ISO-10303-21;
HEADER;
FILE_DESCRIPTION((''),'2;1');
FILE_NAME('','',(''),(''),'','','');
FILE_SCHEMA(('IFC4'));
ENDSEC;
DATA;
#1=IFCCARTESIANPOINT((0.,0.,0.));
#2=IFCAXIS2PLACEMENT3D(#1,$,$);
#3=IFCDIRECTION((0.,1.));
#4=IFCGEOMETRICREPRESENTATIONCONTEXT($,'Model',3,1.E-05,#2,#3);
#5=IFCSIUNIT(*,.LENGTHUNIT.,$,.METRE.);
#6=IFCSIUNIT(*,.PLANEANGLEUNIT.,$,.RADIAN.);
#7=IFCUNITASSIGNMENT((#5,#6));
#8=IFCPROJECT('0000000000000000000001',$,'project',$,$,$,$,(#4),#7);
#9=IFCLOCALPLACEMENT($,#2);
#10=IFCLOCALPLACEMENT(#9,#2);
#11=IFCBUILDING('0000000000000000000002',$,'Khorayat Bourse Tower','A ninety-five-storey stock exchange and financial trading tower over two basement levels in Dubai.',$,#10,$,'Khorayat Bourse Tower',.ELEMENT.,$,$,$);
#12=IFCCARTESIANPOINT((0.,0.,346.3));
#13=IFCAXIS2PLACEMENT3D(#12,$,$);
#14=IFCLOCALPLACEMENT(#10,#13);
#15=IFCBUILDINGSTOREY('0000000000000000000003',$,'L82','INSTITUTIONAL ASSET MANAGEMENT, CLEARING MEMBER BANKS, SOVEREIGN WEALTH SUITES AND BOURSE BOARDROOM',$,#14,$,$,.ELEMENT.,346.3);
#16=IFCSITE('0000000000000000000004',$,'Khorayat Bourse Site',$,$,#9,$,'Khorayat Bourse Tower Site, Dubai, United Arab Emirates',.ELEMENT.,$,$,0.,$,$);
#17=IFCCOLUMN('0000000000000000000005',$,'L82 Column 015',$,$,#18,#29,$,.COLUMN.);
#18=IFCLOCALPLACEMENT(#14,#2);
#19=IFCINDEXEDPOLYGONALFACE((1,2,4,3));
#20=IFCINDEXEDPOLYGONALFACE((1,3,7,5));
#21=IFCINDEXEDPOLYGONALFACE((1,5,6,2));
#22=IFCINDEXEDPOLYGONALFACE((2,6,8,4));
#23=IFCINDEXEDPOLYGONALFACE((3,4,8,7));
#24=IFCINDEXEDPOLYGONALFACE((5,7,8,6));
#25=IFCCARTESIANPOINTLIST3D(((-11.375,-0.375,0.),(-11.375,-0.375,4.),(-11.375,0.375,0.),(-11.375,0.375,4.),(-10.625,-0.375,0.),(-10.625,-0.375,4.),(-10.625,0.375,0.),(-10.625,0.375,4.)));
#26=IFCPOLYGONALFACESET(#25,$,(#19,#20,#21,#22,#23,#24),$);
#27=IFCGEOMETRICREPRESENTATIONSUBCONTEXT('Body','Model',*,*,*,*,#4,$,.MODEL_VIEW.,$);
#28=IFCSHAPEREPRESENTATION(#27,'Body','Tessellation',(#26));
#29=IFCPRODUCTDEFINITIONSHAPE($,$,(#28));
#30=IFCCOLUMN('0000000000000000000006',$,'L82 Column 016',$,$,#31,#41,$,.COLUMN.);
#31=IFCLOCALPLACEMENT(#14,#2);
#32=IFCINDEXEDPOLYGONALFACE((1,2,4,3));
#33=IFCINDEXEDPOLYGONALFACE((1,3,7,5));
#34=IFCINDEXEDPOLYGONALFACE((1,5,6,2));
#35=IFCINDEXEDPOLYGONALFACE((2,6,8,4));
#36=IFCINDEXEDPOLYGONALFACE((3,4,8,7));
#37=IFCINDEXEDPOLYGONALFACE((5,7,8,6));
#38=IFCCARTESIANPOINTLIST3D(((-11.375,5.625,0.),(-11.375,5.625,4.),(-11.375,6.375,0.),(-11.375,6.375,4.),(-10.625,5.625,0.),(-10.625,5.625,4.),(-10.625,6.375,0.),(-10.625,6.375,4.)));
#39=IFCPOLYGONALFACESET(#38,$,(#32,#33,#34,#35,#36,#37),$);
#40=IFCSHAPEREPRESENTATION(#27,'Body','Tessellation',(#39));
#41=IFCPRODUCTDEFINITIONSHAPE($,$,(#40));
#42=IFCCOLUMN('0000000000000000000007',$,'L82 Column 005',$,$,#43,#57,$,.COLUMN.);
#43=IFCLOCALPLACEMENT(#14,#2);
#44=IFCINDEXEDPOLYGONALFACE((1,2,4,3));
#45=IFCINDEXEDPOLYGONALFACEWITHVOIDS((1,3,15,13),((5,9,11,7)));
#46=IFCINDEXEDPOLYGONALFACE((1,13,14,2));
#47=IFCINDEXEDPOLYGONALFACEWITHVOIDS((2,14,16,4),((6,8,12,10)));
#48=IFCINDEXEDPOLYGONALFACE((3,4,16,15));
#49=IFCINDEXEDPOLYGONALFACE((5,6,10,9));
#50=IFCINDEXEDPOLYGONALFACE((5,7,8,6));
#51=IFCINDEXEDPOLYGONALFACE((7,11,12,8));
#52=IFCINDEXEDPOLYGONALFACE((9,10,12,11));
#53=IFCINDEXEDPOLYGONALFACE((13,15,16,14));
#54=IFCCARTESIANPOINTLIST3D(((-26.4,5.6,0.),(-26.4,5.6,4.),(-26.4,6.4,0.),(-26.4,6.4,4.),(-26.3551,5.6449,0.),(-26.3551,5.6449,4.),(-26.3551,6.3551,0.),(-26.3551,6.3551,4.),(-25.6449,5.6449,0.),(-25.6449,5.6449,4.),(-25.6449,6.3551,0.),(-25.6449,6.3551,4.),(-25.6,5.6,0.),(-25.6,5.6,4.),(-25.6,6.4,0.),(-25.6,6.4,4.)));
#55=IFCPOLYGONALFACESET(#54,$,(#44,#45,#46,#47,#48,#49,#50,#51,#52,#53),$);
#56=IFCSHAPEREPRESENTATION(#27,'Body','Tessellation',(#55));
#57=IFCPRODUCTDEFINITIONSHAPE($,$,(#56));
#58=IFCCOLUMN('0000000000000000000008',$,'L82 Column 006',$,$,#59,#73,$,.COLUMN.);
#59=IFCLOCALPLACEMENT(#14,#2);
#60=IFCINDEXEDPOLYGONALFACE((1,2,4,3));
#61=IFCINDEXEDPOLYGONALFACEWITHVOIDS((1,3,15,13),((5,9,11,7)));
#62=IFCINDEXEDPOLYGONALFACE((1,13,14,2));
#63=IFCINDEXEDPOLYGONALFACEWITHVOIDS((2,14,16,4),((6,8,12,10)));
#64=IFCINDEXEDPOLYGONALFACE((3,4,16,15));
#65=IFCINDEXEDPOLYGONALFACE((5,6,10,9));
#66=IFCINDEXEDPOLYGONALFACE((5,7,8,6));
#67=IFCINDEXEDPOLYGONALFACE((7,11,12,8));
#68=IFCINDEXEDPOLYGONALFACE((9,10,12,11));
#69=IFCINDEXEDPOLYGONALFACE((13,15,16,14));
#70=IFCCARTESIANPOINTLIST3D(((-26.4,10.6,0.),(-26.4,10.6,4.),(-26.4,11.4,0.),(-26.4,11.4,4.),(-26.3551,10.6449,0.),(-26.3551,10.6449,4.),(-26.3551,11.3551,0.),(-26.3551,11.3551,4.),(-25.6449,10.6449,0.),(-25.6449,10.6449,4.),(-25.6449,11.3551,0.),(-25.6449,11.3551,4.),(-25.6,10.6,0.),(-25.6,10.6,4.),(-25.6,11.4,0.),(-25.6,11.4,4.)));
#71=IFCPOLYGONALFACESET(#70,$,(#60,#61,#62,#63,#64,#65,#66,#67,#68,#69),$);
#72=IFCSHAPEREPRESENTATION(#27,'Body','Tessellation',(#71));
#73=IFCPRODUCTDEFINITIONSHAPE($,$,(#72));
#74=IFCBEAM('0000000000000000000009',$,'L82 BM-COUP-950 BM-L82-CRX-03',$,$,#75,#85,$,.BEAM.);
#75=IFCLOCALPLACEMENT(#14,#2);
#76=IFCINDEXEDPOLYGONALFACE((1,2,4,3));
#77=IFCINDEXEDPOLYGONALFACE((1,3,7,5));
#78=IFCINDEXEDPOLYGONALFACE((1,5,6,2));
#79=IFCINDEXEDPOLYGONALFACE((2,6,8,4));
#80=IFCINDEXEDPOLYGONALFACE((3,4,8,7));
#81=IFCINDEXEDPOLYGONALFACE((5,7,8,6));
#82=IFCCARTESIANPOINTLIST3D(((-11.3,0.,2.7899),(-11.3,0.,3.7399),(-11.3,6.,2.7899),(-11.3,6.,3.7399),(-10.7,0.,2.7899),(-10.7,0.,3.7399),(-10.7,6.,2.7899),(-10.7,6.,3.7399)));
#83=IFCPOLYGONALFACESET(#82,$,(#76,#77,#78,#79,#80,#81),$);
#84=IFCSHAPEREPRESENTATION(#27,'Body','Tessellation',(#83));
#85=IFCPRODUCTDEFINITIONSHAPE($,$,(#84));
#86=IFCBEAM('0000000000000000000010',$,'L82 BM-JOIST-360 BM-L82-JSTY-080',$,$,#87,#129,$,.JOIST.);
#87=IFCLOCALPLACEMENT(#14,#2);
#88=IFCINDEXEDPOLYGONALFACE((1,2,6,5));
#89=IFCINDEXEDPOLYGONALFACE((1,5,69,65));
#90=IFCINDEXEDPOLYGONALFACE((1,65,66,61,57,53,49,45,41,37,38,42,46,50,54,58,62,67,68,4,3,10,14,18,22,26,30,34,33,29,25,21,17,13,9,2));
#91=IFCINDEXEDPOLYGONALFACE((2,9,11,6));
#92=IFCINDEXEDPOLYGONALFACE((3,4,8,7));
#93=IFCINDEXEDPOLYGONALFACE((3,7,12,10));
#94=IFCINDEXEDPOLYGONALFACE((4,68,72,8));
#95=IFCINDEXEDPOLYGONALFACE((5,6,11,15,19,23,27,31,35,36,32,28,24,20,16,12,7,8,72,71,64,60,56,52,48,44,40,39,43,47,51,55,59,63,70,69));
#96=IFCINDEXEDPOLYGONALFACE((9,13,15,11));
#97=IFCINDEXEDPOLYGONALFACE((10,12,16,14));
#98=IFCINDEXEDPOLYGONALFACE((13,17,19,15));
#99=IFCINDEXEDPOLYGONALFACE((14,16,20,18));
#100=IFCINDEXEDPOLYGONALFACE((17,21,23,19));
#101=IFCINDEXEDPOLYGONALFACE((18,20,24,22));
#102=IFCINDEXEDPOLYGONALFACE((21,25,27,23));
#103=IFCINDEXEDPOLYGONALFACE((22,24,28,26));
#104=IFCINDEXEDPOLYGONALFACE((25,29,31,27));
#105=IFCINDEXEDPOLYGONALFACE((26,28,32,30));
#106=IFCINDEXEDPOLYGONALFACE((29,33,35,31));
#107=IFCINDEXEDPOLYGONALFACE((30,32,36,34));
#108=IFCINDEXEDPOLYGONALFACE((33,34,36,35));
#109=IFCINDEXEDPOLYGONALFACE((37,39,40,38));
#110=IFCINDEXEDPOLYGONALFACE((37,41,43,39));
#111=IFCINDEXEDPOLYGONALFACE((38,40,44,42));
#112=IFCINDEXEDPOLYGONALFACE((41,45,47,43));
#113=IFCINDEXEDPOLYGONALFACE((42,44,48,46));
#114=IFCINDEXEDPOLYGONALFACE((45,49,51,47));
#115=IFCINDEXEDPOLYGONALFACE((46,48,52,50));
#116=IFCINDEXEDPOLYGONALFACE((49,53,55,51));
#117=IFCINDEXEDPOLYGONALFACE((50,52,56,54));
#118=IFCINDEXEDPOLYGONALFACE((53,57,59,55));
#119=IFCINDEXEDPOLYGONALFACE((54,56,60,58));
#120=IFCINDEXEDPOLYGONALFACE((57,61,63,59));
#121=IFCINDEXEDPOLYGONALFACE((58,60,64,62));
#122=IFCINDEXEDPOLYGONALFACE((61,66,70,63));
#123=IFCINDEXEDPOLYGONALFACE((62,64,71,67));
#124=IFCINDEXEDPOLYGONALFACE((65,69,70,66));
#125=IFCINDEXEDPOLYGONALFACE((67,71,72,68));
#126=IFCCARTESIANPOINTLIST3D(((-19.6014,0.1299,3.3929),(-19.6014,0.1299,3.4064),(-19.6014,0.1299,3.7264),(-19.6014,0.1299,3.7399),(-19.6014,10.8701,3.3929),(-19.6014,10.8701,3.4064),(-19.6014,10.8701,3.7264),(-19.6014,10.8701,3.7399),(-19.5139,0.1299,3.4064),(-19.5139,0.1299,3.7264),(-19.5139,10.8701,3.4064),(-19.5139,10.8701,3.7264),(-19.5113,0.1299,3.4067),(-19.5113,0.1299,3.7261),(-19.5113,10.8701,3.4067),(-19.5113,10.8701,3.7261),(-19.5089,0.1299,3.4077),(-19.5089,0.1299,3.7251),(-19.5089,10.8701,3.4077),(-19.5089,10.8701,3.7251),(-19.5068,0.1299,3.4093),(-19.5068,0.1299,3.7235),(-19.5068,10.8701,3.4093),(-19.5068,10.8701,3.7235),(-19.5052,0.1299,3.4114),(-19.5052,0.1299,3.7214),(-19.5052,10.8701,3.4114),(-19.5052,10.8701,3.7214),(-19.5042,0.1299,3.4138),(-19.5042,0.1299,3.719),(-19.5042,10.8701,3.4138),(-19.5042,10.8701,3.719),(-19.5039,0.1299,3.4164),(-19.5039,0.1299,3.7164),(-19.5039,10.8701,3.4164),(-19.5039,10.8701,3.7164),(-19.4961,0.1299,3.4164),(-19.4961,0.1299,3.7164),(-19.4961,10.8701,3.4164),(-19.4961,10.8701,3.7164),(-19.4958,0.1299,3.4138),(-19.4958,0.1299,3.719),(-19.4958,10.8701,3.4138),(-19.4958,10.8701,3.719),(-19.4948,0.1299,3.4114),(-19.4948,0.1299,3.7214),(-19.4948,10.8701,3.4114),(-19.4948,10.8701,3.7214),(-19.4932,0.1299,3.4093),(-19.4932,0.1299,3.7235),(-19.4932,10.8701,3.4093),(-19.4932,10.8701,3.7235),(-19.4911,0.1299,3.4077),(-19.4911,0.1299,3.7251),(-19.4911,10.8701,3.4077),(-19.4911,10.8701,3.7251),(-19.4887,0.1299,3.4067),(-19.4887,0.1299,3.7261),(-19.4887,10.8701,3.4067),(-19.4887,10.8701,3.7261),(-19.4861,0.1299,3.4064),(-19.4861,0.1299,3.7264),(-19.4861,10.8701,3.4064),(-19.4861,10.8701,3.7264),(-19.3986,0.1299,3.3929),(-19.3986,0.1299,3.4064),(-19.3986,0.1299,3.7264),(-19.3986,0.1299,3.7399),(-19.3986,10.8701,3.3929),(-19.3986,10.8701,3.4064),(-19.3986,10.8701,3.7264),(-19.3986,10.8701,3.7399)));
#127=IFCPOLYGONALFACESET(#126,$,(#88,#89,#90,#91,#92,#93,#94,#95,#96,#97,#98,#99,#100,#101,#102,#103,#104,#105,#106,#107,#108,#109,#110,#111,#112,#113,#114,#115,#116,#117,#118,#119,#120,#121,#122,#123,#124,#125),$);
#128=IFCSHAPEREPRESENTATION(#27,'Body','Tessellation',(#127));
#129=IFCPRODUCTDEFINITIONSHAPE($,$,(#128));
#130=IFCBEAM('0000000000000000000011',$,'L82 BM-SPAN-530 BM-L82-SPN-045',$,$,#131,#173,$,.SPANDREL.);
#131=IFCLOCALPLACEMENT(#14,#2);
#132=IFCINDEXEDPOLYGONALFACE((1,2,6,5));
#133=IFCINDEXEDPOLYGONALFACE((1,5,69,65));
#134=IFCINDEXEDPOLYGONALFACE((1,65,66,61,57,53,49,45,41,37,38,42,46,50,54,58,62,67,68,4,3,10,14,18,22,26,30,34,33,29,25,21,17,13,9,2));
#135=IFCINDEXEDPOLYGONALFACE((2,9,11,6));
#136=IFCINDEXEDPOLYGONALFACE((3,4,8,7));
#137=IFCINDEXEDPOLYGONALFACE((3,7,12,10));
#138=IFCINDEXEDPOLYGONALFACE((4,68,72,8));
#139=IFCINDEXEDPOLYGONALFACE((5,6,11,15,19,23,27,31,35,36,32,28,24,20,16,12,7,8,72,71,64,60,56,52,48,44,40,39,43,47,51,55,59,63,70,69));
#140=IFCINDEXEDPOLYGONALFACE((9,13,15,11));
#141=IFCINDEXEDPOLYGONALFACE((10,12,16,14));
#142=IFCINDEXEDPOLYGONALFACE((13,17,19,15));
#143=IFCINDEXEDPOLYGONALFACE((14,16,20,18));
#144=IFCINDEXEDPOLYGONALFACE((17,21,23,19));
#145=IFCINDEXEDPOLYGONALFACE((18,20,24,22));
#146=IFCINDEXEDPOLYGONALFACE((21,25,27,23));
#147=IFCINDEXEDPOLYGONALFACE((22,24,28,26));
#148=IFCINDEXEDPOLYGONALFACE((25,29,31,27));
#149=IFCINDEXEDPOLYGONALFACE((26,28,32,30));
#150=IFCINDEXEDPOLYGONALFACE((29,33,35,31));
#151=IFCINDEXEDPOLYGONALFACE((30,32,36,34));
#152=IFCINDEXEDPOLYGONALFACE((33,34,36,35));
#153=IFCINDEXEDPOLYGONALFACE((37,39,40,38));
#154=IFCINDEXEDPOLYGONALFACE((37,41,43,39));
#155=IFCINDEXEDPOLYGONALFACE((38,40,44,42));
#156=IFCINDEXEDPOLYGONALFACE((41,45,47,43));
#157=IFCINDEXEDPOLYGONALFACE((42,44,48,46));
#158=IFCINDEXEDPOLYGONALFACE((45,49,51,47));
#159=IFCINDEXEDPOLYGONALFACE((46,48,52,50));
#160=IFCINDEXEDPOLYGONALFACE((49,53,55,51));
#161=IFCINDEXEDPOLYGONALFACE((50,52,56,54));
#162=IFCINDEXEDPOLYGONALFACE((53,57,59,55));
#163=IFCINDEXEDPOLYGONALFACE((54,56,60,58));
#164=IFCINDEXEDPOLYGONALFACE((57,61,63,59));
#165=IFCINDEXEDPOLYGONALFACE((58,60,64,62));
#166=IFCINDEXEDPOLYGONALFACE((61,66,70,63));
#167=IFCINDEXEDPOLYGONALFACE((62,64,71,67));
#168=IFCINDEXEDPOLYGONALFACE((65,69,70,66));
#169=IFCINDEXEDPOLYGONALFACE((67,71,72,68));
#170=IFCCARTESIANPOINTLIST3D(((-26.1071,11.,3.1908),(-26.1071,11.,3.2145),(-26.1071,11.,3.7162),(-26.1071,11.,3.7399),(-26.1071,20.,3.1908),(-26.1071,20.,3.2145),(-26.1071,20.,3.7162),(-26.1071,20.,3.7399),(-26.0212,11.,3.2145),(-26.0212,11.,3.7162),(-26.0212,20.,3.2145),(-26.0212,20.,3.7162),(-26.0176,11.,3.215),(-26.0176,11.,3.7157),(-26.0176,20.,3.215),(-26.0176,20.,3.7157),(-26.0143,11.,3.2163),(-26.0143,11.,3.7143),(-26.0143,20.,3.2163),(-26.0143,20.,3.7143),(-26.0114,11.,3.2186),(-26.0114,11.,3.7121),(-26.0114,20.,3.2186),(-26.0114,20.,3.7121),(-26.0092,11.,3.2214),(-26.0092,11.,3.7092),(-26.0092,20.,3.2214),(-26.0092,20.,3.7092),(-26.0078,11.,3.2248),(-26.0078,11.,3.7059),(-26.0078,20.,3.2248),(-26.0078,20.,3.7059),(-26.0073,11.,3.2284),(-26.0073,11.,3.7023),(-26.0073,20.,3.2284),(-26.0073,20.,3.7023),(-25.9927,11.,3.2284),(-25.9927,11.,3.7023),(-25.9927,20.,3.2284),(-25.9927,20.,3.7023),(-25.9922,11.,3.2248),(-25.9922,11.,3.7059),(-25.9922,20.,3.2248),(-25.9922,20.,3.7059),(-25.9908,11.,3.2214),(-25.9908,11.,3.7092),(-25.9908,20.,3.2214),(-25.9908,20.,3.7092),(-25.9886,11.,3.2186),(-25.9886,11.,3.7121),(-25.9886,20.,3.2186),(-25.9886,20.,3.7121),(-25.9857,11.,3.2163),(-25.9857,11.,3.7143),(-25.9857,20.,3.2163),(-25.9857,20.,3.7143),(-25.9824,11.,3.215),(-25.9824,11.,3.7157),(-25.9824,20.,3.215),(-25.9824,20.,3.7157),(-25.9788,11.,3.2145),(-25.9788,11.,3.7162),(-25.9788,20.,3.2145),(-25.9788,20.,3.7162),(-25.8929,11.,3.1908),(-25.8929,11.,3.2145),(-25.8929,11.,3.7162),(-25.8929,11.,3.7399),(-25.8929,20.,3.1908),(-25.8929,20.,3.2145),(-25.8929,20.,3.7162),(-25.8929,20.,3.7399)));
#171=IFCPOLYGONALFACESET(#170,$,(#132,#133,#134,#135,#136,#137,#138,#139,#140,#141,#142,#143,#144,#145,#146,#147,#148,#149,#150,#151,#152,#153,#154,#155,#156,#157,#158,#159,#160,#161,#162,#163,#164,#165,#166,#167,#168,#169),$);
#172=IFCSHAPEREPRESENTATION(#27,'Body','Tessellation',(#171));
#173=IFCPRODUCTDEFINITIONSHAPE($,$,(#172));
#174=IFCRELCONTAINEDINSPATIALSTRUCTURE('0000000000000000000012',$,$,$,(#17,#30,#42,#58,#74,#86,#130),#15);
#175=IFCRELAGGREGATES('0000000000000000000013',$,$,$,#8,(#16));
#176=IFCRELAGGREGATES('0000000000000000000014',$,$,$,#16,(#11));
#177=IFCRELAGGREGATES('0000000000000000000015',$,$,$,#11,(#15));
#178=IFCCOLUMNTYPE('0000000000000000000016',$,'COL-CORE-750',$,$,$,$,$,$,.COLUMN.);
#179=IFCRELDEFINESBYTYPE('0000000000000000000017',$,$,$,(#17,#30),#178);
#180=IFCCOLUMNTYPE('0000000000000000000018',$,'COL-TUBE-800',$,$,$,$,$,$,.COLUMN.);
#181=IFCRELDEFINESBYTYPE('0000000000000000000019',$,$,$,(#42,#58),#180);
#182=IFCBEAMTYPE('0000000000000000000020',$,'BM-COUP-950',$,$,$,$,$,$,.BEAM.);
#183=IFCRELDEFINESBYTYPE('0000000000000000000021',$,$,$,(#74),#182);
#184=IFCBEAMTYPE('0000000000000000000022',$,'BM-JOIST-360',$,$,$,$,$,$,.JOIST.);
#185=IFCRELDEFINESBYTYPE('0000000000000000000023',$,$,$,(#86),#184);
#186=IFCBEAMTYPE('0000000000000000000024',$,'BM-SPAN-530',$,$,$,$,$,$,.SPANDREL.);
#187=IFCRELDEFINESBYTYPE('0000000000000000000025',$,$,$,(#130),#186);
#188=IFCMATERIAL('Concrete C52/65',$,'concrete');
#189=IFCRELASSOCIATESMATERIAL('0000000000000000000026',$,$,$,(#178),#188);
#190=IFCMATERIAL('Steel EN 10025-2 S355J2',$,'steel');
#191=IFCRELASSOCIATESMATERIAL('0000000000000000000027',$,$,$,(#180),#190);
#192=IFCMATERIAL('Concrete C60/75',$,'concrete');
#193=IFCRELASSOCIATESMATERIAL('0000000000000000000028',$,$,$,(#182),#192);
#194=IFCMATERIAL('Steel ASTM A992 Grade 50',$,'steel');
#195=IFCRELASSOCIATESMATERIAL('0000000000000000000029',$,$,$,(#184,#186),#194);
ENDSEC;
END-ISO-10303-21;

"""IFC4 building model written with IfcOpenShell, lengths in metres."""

from ifc_helpers import new_model, si_unit, direction, frame, origin, origin_2d, place, context, subcontext, project, spatial, rectangle, hollow_rectangle, i_section, extrude, source, transform, mapped, material, material_profile, profile_set, type_object, element, save


model = new_model("IFC4")

# Units and contexts
model_context = context("Model", 3, precision=1e-05, world=origin(), true_north=direction((0.0, 1.0)))
body_context = subcontext(model_context, "Body", "Model", "MODEL_VIEW")
ifc_project = project(units=[si_unit("LENGTHUNIT", "METRE"), si_unit("PLANEANGLEUNIT", "RADIAN")], contexts=[model_context])

# Site, building, storey
site_placement = place(None, origin())
site = spatial("IfcSite", under=ifc_project, at=site_placement, Name="Khorayat Bourse Site", LongName="Khorayat Bourse Tower Site, Dubai, United Arab Emirates", CompositionType="ELEMENT", RefElevation=0.0)
building_placement = place(site_placement, origin())
building = spatial("IfcBuilding", under=site, at=building_placement, Name="Khorayat Bourse Tower", Description="A ninety-five-storey stock exchange and financial trading tower over two basement levels in Dubai.", LongName="Khorayat Bourse Tower", CompositionType="ELEMENT")
storey_placement = place(building_placement, frame((0.0, 0.0, 346.3)))
storey = spatial("IfcBuildingStorey", under=building, at=storey_placement, Name="L82", Description="INSTITUTIONAL ASSET MANAGEMENT, CLEARING MEMBER BANKS, SOVEREIGN WEALTH SUITES AND BOURSE BOARDROOM", CompositionType="ELEMENT", Elevation=346.3)

# Columns
ifc_material_1 = material(Name="Concrete C52/65", Category="concrete")
ifc_material_profile_1 = material_profile(ifc_material_1, rectangle(XDim=0.75, YDim=0.75, at=origin_2d()), Name="RC 750x750")
ifc_profile_set_1 = profile_set([ifc_material_profile_1], Name="Concrete C52/65")
column_type_1 = type_object("IfcColumnType", Name="COL-CORE-750", PredefinedType="COLUMN", material=ifc_profile_set_1)
shared_shape_1 = source(origin(), body_context, "Body", "SweptSolid", [
    extrude(rectangle(XDim=0.75, YDim=0.75, at=origin_2d()), origin(), (0.0, 0.0, 1.0), 4.0),
])
for number, where, z_axis, x_axis, name in (
    (1, (-11.0, 0.0, 0.0), (0.0, 0.0, 1.0), (1.0, 0.0, 0.0), "L82 Column 015"),
    (2, (-11.0, 6.0, 0.0), (0.0, 0.0, 1.0), (1.0, 0.0, 0.0), "L82 Column 016"),
):
    element("IfcColumn", number, at=place(storey_placement, frame(where, z_axis=z_axis, x_axis=x_axis)), inside=storey, type_object=column_type_1, Name=name, PredefinedType="COLUMN", context=body_context, shape_type="MappedRepresentation", body=[
        mapped(shared_shape_1, transform((0.0, 0.0, 0.0), scale=1.0)),
    ])
ifc_material_2 = material(Name="Steel EN 10025-2 S355J2", Category="steel")
ifc_material_profile_2 = material_profile(ifc_material_2, hollow_rectangle(XDim=0.8, YDim=0.8, WallThickness=0.0449, at=origin_2d()), Name="BOX 800x800x45")
ifc_profile_set_2 = profile_set([ifc_material_profile_2], Name="Steel EN 10025-2 S355J2")
column_type_2 = type_object("IfcColumnType", Name="COL-TUBE-800", PredefinedType="COLUMN", material=ifc_profile_set_2)
shared_shape_2 = source(origin(), body_context, "Body", "SweptSolid", [
    extrude(hollow_rectangle(XDim=0.8, YDim=0.8, WallThickness=0.0449, at=origin_2d()), origin(), (0.0, 0.0, 1.0), 4.0),
])
for number, where, z_axis, x_axis, name in (
    (3, (-26.0, 6.0, 0.0), (0.0, 0.0, 1.0), (1.0, 0.0, 0.0), "L82 Column 005"),
    (4, (-26.0, 11.0, 0.0), (0.0, 0.0, 1.0), (1.0, 0.0, 0.0), "L82 Column 006"),
):
    element("IfcColumn", number, at=place(storey_placement, frame(where, z_axis=z_axis, x_axis=x_axis)), inside=storey, type_object=column_type_2, Name=name, PredefinedType="COLUMN", context=body_context, shape_type="MappedRepresentation", body=[
        mapped(shared_shape_2, transform((0.0, 0.0, 0.0), scale=1.0)),
    ])

# Beams
ifc_material_3 = material(Name="Concrete C60/75", Category="concrete")
ifc_material_profile_3 = material_profile(ifc_material_3, rectangle(XDim=0.6001, YDim=0.95, at=origin_2d()), Name="RC 600x950")
ifc_profile_set_3 = profile_set([ifc_material_profile_3], Name="Concrete C60/75")
beam_type_1 = type_object("IfcBeamType", Name="BM-COUP-950", PredefinedType="BEAM", material=ifc_profile_set_3)
shared_shape_3 = source(origin(), body_context, "Body", "SweptSolid", [
    extrude(rectangle(XDim=0.6001, YDim=0.95, at=origin_2d()), origin(), (0.0, 0.0, 1.0), 6.0),
])
beam_1_placement = place(storey_placement, frame((-11.0, 0.0, 3.2649), z_axis=(0.0, 1.0, 0.0), x_axis=(-1.0, 0.0, 0.0)))
element("IfcBeam", 5, at=beam_1_placement, inside=storey, type_object=beam_type_1, Name="L82 BM-COUP-950 BM-L82-CRX-03", PredefinedType="BEAM", context=body_context, shape_type="MappedRepresentation", body=[
    mapped(shared_shape_3, transform((0.0, 0.0, 0.0), scale=1.0)),
])
ifc_material_4 = material(Name="Steel ASTM A992 Grade 50", Category="steel")
ifc_material_profile_4 = material_profile(ifc_material_4, i_section(OverallWidth=0.2029, OverallDepth=0.3469, WebThickness=0.0078, FlangeThickness=0.0134, FilletRadius=0.01, at=origin_2d()), Name="W360X64")
ifc_profile_set_4 = profile_set([ifc_material_profile_4], Name="Steel ASTM A992 Grade 50")
beam_type_2 = type_object("IfcBeamType", Name="BM-JOIST-360", PredefinedType="JOIST", material=ifc_profile_set_4)
shared_shape_4 = source(origin(), body_context, "Body", "SweptSolid", [
    extrude(i_section(OverallWidth=0.2029, OverallDepth=0.3469, WebThickness=0.0078, FlangeThickness=0.0134, FilletRadius=0.01, at=origin_2d()), origin(), (0.0, 0.0, 1.0), 10.7402),
])
beam_2_placement = place(storey_placement, frame((-19.5, 0.1299, 3.5664), z_axis=(0.0, 1.0, 0.0), x_axis=(-1.0, 0.0, 0.0)))
element("IfcBeam", 6, at=beam_2_placement, inside=storey, type_object=beam_type_2, Name="L82 BM-JOIST-360 BM-L82-JSTY-080", PredefinedType="JOIST", context=body_context, shape_type="MappedRepresentation", body=[
    mapped(shared_shape_4, transform((0.0, 0.0, 0.0), scale=1.0)),
])
ifc_material_profile_5 = material_profile(ifc_material_4, i_section(OverallWidth=0.2141, OverallDepth=0.5491, WebThickness=0.0146, FlangeThickness=0.0237, FilletRadius=0.0139, at=origin_2d()), Name="W530X138")
ifc_profile_set_5 = profile_set([ifc_material_profile_5], Name="Steel ASTM A992 Grade 50")
beam_type_3 = type_object("IfcBeamType", Name="BM-SPAN-530", PredefinedType="SPANDREL", material=ifc_profile_set_5)
shared_shape_5 = source(origin(), body_context, "Body", "SweptSolid", [
    extrude(i_section(OverallWidth=0.2141, OverallDepth=0.5491, WebThickness=0.0146, FlangeThickness=0.0237, FilletRadius=0.0139, at=origin_2d()), origin(), (0.0, 0.0, 1.0), 9.0),
])
beam_3_placement = place(storey_placement, frame((-26.0, 11.0, 3.4653), z_axis=(0.0, 1.0, 0.0), x_axis=(-1.0, 0.0, 0.0)))
element("IfcBeam", 7, at=beam_3_placement, inside=storey, type_object=beam_type_3, Name="L82 BM-SPAN-530 BM-L82-SPN-045", PredefinedType="SPANDREL", context=body_context, shape_type="MappedRepresentation", body=[
    mapped(shared_shape_5, transform((0.0, 0.0, 0.0), scale=1.0)),
])

save(model, "model.ifc")
